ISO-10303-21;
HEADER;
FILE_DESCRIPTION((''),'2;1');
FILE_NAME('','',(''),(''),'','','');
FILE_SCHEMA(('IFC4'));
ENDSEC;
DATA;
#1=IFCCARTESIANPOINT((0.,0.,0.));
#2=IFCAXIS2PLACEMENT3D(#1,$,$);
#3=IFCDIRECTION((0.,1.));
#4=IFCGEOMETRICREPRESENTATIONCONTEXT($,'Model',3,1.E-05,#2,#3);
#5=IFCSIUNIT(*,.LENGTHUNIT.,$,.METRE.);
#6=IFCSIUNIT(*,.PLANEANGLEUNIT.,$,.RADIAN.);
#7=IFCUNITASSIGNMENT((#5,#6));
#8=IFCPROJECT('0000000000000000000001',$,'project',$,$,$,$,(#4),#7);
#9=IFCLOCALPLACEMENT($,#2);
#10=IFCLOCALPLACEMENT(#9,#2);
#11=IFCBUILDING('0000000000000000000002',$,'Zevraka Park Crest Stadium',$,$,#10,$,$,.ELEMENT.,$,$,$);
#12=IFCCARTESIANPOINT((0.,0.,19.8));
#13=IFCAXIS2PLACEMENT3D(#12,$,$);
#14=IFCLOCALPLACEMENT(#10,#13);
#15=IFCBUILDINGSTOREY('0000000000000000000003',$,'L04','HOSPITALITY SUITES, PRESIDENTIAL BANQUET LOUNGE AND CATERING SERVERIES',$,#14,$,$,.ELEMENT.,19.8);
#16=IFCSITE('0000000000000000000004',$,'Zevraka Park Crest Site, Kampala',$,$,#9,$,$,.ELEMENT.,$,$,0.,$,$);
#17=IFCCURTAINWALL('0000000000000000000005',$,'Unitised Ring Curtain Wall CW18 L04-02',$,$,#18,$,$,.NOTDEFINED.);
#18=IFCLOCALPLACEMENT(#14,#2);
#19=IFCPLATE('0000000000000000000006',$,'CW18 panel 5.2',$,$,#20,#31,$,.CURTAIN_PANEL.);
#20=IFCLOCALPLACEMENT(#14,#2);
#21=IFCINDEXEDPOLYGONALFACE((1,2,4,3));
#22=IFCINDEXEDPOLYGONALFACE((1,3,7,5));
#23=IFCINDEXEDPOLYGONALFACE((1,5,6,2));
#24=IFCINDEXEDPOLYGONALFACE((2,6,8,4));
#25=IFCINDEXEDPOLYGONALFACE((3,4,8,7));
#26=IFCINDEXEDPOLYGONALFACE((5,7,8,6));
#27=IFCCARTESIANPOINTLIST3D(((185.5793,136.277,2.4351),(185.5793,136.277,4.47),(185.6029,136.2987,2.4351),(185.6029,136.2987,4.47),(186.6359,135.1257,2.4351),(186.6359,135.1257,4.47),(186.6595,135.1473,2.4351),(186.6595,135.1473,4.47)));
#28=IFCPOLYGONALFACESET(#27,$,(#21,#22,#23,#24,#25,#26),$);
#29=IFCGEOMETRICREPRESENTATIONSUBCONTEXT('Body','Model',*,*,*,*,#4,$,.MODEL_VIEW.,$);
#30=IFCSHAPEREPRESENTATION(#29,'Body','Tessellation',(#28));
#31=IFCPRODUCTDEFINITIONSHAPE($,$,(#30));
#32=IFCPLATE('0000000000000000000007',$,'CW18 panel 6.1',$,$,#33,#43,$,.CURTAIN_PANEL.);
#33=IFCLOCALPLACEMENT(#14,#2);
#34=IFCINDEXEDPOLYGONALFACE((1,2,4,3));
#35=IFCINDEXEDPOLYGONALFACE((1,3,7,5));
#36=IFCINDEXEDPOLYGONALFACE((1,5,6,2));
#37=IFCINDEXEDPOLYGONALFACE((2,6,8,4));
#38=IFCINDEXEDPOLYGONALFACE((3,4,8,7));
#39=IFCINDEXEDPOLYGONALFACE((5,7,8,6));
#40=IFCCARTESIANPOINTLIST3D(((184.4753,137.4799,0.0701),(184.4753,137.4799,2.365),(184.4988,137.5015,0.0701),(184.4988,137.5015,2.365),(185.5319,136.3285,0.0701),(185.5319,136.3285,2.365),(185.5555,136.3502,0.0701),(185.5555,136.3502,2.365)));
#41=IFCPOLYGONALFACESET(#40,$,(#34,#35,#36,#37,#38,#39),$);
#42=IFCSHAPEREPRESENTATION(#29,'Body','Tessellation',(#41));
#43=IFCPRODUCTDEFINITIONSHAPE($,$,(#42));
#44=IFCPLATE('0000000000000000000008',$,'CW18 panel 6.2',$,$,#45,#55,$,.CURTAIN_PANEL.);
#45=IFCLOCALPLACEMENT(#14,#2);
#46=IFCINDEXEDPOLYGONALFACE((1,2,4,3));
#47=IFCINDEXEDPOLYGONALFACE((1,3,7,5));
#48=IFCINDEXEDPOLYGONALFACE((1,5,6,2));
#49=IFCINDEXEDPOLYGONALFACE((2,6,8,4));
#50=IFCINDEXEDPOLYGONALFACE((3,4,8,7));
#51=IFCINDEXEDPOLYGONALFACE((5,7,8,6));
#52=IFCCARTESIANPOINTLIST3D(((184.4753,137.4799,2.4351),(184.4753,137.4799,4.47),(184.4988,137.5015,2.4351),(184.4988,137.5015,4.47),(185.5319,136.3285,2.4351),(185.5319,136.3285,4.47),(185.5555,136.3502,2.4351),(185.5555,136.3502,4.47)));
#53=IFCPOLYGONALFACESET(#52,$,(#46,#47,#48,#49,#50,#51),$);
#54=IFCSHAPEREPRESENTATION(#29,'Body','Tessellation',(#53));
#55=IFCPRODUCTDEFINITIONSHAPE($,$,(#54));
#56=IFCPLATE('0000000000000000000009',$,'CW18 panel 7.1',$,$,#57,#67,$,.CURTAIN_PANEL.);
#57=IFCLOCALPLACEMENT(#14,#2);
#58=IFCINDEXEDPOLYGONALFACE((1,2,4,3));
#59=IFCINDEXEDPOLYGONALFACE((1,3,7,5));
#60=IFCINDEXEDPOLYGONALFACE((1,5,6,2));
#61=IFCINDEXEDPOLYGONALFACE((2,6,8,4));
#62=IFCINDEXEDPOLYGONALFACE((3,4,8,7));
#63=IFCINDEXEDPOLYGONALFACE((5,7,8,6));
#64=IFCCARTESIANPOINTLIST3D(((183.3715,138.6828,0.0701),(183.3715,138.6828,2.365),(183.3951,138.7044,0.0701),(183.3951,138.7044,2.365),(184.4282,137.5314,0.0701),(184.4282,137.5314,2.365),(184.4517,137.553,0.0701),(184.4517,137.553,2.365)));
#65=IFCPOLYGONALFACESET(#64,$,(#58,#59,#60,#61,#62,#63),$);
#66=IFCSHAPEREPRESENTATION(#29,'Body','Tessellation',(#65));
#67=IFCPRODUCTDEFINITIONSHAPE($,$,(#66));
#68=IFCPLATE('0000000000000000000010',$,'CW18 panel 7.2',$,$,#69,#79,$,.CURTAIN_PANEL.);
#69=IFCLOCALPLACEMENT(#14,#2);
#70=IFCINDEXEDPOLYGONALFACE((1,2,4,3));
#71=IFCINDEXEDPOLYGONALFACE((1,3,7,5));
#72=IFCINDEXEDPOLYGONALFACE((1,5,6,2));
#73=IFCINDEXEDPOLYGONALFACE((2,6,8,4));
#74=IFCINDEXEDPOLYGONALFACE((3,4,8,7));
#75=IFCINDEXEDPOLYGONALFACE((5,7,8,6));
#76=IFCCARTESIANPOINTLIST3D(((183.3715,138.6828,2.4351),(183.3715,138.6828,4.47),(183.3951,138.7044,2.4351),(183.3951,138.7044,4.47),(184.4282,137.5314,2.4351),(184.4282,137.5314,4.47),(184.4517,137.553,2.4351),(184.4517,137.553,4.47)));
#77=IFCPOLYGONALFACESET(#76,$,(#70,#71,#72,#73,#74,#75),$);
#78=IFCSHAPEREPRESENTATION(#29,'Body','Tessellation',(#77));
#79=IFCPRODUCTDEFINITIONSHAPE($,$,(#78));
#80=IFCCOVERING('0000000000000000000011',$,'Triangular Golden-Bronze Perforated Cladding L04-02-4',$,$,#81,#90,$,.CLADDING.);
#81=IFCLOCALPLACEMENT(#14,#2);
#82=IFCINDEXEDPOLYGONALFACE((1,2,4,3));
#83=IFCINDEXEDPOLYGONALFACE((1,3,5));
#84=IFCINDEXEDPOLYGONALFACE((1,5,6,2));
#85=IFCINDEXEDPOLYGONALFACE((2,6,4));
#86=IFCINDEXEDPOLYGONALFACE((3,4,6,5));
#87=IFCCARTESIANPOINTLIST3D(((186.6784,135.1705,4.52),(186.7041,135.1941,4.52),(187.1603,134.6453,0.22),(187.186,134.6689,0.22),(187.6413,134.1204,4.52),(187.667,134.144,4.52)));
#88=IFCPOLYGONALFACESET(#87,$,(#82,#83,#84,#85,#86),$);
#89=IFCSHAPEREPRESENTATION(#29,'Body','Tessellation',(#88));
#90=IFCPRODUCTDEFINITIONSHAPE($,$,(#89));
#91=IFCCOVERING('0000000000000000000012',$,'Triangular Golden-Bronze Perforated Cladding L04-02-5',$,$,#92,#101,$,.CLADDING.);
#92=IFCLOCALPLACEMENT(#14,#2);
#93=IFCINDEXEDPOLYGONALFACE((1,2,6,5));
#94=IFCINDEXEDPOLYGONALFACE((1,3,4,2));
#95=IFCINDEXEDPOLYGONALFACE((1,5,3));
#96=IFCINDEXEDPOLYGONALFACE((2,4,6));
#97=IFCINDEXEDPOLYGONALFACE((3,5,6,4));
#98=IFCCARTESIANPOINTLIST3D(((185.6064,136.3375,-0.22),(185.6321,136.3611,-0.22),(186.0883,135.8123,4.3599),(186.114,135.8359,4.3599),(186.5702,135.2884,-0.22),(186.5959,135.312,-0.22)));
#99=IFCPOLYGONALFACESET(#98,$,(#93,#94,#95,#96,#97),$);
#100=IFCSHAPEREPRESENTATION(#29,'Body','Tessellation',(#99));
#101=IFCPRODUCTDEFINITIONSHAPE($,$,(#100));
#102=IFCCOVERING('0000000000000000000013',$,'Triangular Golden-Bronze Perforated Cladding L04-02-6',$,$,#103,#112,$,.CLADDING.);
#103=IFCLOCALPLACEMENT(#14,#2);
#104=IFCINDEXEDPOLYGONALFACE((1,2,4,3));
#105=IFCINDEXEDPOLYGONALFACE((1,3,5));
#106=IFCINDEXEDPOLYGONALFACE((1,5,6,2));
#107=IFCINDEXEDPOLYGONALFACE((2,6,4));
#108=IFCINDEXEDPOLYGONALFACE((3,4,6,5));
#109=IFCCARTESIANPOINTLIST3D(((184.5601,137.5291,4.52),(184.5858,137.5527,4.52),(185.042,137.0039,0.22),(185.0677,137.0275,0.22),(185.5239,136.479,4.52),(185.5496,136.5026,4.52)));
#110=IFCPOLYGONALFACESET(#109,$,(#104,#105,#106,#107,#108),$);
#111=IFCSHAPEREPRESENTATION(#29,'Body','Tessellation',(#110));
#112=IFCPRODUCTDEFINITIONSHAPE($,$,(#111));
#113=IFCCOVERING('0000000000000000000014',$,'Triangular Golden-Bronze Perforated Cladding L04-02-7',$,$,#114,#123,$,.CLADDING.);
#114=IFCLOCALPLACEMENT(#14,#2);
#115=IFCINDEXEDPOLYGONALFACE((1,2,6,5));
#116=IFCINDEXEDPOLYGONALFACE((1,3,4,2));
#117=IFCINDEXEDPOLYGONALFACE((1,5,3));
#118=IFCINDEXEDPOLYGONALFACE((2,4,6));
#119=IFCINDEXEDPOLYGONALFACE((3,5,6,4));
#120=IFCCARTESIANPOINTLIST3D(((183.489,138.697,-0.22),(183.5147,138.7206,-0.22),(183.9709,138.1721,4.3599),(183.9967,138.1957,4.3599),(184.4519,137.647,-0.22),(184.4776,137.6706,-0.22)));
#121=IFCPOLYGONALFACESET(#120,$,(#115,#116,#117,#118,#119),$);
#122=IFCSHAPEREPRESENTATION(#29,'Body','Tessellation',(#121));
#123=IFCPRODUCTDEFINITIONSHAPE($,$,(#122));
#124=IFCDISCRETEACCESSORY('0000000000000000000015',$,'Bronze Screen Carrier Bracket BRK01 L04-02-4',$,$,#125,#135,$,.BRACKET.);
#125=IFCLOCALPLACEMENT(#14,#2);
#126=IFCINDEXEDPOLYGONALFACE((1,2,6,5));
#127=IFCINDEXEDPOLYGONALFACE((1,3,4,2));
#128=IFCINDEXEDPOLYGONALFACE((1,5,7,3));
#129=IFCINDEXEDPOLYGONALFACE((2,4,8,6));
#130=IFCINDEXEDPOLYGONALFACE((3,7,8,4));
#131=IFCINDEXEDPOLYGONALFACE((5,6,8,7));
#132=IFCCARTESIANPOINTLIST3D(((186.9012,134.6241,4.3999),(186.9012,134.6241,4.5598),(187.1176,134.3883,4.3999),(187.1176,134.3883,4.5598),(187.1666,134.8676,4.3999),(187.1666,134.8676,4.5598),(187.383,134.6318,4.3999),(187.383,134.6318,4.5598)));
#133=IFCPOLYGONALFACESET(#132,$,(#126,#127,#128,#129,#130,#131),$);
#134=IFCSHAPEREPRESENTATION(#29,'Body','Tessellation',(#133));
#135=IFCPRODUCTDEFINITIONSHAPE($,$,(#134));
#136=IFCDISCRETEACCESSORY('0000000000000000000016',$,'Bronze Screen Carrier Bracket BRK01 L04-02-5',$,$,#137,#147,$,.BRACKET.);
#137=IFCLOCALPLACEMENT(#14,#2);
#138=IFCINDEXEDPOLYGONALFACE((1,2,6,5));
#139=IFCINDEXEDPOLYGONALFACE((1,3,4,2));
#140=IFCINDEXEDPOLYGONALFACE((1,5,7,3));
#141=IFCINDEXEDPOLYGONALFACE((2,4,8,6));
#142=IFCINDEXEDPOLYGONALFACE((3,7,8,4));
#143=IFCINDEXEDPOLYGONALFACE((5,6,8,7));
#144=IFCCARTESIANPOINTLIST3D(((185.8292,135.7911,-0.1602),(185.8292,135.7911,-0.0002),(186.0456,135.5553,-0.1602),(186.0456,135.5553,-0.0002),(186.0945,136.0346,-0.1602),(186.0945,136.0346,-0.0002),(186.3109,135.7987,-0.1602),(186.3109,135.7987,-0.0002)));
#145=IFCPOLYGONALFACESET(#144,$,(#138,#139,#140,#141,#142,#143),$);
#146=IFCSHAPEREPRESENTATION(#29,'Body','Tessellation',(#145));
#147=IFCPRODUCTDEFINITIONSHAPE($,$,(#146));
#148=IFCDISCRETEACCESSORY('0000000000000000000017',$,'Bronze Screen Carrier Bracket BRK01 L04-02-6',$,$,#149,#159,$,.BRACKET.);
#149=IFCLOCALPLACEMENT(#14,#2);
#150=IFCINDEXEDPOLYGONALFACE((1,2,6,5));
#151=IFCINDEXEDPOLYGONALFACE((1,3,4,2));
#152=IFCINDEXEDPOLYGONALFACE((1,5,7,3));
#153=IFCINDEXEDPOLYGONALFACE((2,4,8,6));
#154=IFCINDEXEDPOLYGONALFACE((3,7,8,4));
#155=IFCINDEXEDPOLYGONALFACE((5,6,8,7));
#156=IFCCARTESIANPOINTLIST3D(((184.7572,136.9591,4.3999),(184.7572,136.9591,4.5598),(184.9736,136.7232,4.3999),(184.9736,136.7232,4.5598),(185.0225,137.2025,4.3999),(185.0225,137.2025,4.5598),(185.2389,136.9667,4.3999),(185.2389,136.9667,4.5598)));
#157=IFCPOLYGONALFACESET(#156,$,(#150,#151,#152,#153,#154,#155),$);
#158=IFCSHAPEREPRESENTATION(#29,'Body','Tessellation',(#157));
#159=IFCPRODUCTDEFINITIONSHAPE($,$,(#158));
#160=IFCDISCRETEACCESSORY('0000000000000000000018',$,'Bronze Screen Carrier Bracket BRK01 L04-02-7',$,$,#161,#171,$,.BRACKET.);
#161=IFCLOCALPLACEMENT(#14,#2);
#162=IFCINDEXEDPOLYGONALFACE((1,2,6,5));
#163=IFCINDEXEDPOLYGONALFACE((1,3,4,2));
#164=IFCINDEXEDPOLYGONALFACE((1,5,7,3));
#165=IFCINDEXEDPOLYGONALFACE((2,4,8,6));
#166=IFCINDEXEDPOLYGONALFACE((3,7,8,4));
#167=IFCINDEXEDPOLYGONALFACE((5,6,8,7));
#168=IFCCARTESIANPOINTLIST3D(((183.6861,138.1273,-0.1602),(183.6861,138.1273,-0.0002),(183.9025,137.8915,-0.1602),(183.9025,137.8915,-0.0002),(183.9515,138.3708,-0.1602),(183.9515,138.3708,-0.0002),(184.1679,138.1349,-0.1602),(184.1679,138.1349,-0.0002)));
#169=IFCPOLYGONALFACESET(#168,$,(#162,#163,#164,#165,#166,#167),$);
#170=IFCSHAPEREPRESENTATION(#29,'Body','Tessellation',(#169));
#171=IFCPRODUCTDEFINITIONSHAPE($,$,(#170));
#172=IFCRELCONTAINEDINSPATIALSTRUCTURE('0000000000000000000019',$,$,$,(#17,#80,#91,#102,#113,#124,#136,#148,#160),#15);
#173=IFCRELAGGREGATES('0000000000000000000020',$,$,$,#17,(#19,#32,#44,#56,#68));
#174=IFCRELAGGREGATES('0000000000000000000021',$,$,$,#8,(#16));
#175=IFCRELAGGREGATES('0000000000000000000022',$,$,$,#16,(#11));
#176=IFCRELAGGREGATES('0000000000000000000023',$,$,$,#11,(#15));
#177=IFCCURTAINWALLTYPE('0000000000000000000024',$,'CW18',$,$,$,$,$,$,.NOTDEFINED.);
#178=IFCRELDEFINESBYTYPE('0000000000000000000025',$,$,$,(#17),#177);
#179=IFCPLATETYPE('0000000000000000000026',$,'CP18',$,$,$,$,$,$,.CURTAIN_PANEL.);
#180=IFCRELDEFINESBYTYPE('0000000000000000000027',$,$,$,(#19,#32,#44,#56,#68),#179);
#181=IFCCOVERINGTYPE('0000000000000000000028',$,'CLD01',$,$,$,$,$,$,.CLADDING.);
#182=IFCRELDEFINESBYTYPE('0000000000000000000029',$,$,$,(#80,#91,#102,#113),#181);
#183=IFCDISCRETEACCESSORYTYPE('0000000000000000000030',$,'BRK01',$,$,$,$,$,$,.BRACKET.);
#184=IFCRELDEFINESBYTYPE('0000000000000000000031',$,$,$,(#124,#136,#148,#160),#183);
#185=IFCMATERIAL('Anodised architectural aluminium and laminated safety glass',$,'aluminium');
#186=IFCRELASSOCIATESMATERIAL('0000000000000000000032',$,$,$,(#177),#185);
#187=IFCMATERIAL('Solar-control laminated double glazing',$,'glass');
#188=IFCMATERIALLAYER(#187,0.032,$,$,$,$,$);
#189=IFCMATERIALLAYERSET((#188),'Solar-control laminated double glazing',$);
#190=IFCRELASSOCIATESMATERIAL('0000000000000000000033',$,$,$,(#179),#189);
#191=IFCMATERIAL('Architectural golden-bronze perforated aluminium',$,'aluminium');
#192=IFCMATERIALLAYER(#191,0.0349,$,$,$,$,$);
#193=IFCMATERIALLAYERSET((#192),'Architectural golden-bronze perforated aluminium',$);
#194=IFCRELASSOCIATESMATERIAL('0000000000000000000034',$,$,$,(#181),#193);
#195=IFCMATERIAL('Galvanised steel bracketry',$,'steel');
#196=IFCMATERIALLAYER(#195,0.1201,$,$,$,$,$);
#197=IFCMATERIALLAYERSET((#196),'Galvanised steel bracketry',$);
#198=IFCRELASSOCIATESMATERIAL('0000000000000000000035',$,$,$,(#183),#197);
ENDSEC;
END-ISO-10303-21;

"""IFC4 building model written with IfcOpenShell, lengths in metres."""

from ifc_helpers import new_model, si_unit, direction, frame, origin, origin_2d, place, context, subcontext, project, spatial, polyline, rectangle, outline, extrude, material, layer, layer_set, type_object, element, aggregate, save


model = new_model("IFC4")

# Units and contexts
model_context = context("Model", 3, precision=1e-05, world=origin(), true_north=direction((0.0, 1.0)))
body_context = subcontext(model_context, "Body", "Model", "MODEL_VIEW")
ifc_project = project(units=[si_unit("LENGTHUNIT", "METRE"), si_unit("PLANEANGLEUNIT", "RADIAN")], contexts=[model_context])

# Site, building, storey
site_placement = place(None, origin())
site = spatial("IfcSite", under=ifc_project, at=site_placement, Name="Zevraka Park Crest Site, Kampala", CompositionType="ELEMENT", RefElevation=0.0)
building_placement = place(site_placement, origin())
building = spatial("IfcBuilding", under=site, at=building_placement, Name="Zevraka Park Crest Stadium", CompositionType="ELEMENT")
storey_placement = place(building_placement, frame((0.0, 0.0, 19.8)))
storey = spatial("IfcBuildingStorey", under=building, at=storey_placement, Name="L04", Description="HOSPITALITY SUITES, PRESIDENTIAL BANQUET LOUNGE AND CATERING SERVERIES", CompositionType="ELEMENT", Elevation=19.8)

# Curtain wall, plates
ifc_material_1 = material(Name="Anodised architectural aluminium and laminated safety glass", Category="aluminium")
curtain_wall_type = type_object("IfcCurtainWallType", Name="CW18", PredefinedType="NOTDEFINED", material=ifc_material_1)
curtain_wall_placement = place(storey_placement, origin())
curtain_wall = element("IfcCurtainWall", 1, at=curtain_wall_placement, inside=storey, type_object=curtain_wall_type, Name="Unitised Ring Curtain Wall CW18 L04-02", PredefinedType="NOTDEFINED")
ifc_material_2 = material(Name="Solar-control laminated double glazing", Category="glass")
ifc_layer_1 = layer(ifc_material_2, 0.032)
ifc_layer_set_1 = layer_set([ifc_layer_1], Name="Solar-control laminated double glazing")
plate_type = type_object("IfcPlateType", Name="CP18", PredefinedType="CURTAIN_PANEL", material=ifc_layer_set_1)
plate_1_placement = place(storey_placement, frame((186.1194, 135.7122, 2.4351), z_axis=(0.0, 0.0, 1.0), x_axis=(-0.676138, 0.736775, 0.0)))
plate_1 = element("IfcPlate", 2, at=plate_1_placement, type_object=plate_type, Name="CW18 panel 5.2", PredefinedType="CURTAIN_PANEL", context=body_context, shape_type="SweptSolid", body=[
    extrude(rectangle(XDim=1.5627, YDim=0.032, at=origin_2d()), origin(), (0.0, 0.0, 1.0), 2.0349),
])
plate_2_placement = place(storey_placement, frame((185.0154, 136.915, 0.0701), z_axis=(0.0, 0.0, 1.0), x_axis=(-0.676138, 0.736775, 0.0)))
plate_2 = element("IfcPlate", 3, at=plate_2_placement, type_object=plate_type, Name="CW18 panel 6.1", PredefinedType="CURTAIN_PANEL", context=body_context, shape_type="SweptSolid", body=[
    extrude(rectangle(XDim=1.5627, YDim=0.032, at=origin_2d()), origin(), (0.0, 0.0, 1.0), 2.2949),
])
plate_3_placement = place(storey_placement, frame((185.0154, 136.915, 2.4351), z_axis=(0.0, 0.0, 1.0), x_axis=(-0.676138, 0.736775, 0.0)))
plate_3 = element("IfcPlate", 4, at=plate_3_placement, type_object=plate_type, Name="CW18 panel 6.2", PredefinedType="CURTAIN_PANEL", context=body_context, shape_type="SweptSolid", body=[
    extrude(rectangle(XDim=1.5627, YDim=0.032, at=origin_2d()), origin(), (0.0, 0.0, 1.0), 2.0349),
])
plate_4_placement = place(storey_placement, frame((183.9116, 138.1179, 0.0701), z_axis=(0.0, 0.0, 1.0), x_axis=(-0.676138, 0.736775, 0.0)))
plate_4 = element("IfcPlate", 5, at=plate_4_placement, type_object=plate_type, Name="CW18 panel 7.1", PredefinedType="CURTAIN_PANEL", context=body_context, shape_type="SweptSolid", body=[
    extrude(rectangle(XDim=1.5627, YDim=0.032, at=origin_2d()), origin(), (0.0, 0.0, 1.0), 2.2949),
])
plate_5_placement = place(storey_placement, frame((183.9116, 138.1179, 2.4351), z_axis=(0.0, 0.0, 1.0), x_axis=(-0.676138, 0.736775, 0.0)))
plate_5 = element("IfcPlate", 6, at=plate_5_placement, type_object=plate_type, Name="CW18 panel 7.2", PredefinedType="CURTAIN_PANEL", context=body_context, shape_type="SweptSolid", body=[
    extrude(rectangle(XDim=1.5627, YDim=0.032, at=origin_2d()), origin(), (0.0, 0.0, 1.0), 2.0349),
])
aggregate(curtain_wall, [plate_1, plate_2, plate_3, plate_4, plate_5])

# Coverings
ifc_material_3 = material(Name="Architectural golden-bronze perforated aluminium", Category="aluminium")
ifc_layer_2 = layer(ifc_material_3, 0.0349)
ifc_layer_set_2 = layer_set([ifc_layer_2], Name="Architectural golden-bronze perforated aluminium")
covering_type = type_object("IfcCoveringType", Name="CLD01", PredefinedType="CLADDING", material=ifc_layer_set_2)
covering_1_placement = place(storey_placement, frame((186.7041, 135.1941, 4.52), z_axis=(0.737033, 0.675857, 0.000065), x_axis=(0.675857, -0.737033, 0.0)))
element("IfcCovering", 7, at=covering_1_placement, inside=storey, type_object=covering_type, Name="Triangular Golden-Bronze Perforated Cladding L04-02-4", PredefinedType="CLADDING", context=body_context, shape_type="SweptSolid", body=[
    extrude(outline(polyline([(0.0, 0.0), (1.4247, 0.0), (0.7128, 4.3), (0.0, 0.0)])), origin(), (0.0, 0.0, -1.0), 0.0349),
])
covering_2_placement = place(storey_placement, frame((186.5959, 135.312, -0.22), z_axis=(0.736378, 0.67657, 0.00009), x_axis=(-0.67657, 0.736378, 0.0)))
element("IfcCovering", 8, at=covering_2_placement, inside=storey, type_object=covering_type, Name="Triangular Golden-Bronze Perforated Cladding L04-02-5", PredefinedType="CLADDING", context=body_context, shape_type="SweptSolid", body=[
    extrude(outline(polyline([(0.0, 0.0), (1.4246, 0.0), (0.7119, 4.5798), (0.0, 0.0)])), origin(), (0.0, 0.0, -1.0), 0.0349),
])
covering_3_placement = place(storey_placement, frame((184.5601, 137.5291, 4.52), z_axis=(-0.736692, -0.676229, 0.000019), x_axis=(0.676229, -0.736692, 0.0)))
element("IfcCovering", 9, at=covering_3_placement, inside=storey, type_object=covering_type, Name="Triangular Golden-Bronze Perforated Cladding L04-02-6", PredefinedType="CLADDING", context=body_context, shape_type="SweptSolid", body=[
    extrude(outline(polyline([(0.0, 0.0), (1.4254, 0.0), (0.7128, -4.3), (0.0, 0.0)])), origin(), (0.0, 0.0, -1.0), 0.0349),
])
covering_4_placement = place(storey_placement, frame((184.4519, 137.647, -0.22), z_axis=(-0.737033, -0.675857, 0.000097), x_axis=(-0.675857, 0.737033, 0.0)))
element("IfcCovering", 10, at=covering_4_placement, inside=storey, type_object=covering_type, Name="Triangular Golden-Bronze Perforated Cladding L04-02-7", PredefinedType="CLADDING", context=body_context, shape_type="SweptSolid", body=[
    extrude(outline(polyline([(0.0, 0.0), (1.4247, 0.0), (0.7121, -4.5798), (0.0, 0.0)])), origin(), (0.0, 0.0, -1.0), 0.0349),
])

# Discrete accessories
ifc_material_4 = material(Name="Galvanised steel bracketry", Category="steel")
ifc_layer_3 = layer(ifc_material_4, 0.1201)
ifc_layer_set_3 = layer_set([ifc_layer_3], Name="Galvanised steel bracketry")
discrete_accessory_type = type_object("IfcDiscreteAccessoryType", Name="BRK01", PredefinedType="BRACKET", material=ifc_layer_set_3)
for number, where, z_axis, x_axis, name in (
    (11, (187.1421, 134.6279, 4.3999), (0.0, 0.0, 1.0), (-0.676105, 0.736806, 0.0), "Bronze Screen Carrier Bracket BRK01 L04-02-4"),
    (12, (186.0701, 135.7949, -0.1602), (0.0, 0.0, 1.0), (-0.676105, 0.736806, 0.0), "Bronze Screen Carrier Bracket BRK01 L04-02-5"),
    (13, (184.998, 136.9629, 4.3999), (0.0, 0.0, 1.0), (-0.676105, 0.736806, 0.0), "Bronze Screen Carrier Bracket BRK01 L04-02-6"),
    (14, (183.927, 138.1311, -0.1602), (0.0, 0.0, 1.0), (-0.676105, 0.736806, 0.0), "Bronze Screen Carrier Bracket BRK01 L04-02-7"),
):
    element("IfcDiscreteAccessory", number, at=place(storey_placement, frame(where, z_axis=z_axis, x_axis=x_axis)), inside=storey, type_object=discrete_accessory_type, Name=name, PredefinedType="BRACKET", context=body_context, shape_type="SweptSolid", body=[
        extrude(rectangle(XDim=0.3201, YDim=0.3601, at=origin_2d()), origin(), (0.0, 0.0, 1.0), 0.1599),
    ])

save(model, "model.ifc")
